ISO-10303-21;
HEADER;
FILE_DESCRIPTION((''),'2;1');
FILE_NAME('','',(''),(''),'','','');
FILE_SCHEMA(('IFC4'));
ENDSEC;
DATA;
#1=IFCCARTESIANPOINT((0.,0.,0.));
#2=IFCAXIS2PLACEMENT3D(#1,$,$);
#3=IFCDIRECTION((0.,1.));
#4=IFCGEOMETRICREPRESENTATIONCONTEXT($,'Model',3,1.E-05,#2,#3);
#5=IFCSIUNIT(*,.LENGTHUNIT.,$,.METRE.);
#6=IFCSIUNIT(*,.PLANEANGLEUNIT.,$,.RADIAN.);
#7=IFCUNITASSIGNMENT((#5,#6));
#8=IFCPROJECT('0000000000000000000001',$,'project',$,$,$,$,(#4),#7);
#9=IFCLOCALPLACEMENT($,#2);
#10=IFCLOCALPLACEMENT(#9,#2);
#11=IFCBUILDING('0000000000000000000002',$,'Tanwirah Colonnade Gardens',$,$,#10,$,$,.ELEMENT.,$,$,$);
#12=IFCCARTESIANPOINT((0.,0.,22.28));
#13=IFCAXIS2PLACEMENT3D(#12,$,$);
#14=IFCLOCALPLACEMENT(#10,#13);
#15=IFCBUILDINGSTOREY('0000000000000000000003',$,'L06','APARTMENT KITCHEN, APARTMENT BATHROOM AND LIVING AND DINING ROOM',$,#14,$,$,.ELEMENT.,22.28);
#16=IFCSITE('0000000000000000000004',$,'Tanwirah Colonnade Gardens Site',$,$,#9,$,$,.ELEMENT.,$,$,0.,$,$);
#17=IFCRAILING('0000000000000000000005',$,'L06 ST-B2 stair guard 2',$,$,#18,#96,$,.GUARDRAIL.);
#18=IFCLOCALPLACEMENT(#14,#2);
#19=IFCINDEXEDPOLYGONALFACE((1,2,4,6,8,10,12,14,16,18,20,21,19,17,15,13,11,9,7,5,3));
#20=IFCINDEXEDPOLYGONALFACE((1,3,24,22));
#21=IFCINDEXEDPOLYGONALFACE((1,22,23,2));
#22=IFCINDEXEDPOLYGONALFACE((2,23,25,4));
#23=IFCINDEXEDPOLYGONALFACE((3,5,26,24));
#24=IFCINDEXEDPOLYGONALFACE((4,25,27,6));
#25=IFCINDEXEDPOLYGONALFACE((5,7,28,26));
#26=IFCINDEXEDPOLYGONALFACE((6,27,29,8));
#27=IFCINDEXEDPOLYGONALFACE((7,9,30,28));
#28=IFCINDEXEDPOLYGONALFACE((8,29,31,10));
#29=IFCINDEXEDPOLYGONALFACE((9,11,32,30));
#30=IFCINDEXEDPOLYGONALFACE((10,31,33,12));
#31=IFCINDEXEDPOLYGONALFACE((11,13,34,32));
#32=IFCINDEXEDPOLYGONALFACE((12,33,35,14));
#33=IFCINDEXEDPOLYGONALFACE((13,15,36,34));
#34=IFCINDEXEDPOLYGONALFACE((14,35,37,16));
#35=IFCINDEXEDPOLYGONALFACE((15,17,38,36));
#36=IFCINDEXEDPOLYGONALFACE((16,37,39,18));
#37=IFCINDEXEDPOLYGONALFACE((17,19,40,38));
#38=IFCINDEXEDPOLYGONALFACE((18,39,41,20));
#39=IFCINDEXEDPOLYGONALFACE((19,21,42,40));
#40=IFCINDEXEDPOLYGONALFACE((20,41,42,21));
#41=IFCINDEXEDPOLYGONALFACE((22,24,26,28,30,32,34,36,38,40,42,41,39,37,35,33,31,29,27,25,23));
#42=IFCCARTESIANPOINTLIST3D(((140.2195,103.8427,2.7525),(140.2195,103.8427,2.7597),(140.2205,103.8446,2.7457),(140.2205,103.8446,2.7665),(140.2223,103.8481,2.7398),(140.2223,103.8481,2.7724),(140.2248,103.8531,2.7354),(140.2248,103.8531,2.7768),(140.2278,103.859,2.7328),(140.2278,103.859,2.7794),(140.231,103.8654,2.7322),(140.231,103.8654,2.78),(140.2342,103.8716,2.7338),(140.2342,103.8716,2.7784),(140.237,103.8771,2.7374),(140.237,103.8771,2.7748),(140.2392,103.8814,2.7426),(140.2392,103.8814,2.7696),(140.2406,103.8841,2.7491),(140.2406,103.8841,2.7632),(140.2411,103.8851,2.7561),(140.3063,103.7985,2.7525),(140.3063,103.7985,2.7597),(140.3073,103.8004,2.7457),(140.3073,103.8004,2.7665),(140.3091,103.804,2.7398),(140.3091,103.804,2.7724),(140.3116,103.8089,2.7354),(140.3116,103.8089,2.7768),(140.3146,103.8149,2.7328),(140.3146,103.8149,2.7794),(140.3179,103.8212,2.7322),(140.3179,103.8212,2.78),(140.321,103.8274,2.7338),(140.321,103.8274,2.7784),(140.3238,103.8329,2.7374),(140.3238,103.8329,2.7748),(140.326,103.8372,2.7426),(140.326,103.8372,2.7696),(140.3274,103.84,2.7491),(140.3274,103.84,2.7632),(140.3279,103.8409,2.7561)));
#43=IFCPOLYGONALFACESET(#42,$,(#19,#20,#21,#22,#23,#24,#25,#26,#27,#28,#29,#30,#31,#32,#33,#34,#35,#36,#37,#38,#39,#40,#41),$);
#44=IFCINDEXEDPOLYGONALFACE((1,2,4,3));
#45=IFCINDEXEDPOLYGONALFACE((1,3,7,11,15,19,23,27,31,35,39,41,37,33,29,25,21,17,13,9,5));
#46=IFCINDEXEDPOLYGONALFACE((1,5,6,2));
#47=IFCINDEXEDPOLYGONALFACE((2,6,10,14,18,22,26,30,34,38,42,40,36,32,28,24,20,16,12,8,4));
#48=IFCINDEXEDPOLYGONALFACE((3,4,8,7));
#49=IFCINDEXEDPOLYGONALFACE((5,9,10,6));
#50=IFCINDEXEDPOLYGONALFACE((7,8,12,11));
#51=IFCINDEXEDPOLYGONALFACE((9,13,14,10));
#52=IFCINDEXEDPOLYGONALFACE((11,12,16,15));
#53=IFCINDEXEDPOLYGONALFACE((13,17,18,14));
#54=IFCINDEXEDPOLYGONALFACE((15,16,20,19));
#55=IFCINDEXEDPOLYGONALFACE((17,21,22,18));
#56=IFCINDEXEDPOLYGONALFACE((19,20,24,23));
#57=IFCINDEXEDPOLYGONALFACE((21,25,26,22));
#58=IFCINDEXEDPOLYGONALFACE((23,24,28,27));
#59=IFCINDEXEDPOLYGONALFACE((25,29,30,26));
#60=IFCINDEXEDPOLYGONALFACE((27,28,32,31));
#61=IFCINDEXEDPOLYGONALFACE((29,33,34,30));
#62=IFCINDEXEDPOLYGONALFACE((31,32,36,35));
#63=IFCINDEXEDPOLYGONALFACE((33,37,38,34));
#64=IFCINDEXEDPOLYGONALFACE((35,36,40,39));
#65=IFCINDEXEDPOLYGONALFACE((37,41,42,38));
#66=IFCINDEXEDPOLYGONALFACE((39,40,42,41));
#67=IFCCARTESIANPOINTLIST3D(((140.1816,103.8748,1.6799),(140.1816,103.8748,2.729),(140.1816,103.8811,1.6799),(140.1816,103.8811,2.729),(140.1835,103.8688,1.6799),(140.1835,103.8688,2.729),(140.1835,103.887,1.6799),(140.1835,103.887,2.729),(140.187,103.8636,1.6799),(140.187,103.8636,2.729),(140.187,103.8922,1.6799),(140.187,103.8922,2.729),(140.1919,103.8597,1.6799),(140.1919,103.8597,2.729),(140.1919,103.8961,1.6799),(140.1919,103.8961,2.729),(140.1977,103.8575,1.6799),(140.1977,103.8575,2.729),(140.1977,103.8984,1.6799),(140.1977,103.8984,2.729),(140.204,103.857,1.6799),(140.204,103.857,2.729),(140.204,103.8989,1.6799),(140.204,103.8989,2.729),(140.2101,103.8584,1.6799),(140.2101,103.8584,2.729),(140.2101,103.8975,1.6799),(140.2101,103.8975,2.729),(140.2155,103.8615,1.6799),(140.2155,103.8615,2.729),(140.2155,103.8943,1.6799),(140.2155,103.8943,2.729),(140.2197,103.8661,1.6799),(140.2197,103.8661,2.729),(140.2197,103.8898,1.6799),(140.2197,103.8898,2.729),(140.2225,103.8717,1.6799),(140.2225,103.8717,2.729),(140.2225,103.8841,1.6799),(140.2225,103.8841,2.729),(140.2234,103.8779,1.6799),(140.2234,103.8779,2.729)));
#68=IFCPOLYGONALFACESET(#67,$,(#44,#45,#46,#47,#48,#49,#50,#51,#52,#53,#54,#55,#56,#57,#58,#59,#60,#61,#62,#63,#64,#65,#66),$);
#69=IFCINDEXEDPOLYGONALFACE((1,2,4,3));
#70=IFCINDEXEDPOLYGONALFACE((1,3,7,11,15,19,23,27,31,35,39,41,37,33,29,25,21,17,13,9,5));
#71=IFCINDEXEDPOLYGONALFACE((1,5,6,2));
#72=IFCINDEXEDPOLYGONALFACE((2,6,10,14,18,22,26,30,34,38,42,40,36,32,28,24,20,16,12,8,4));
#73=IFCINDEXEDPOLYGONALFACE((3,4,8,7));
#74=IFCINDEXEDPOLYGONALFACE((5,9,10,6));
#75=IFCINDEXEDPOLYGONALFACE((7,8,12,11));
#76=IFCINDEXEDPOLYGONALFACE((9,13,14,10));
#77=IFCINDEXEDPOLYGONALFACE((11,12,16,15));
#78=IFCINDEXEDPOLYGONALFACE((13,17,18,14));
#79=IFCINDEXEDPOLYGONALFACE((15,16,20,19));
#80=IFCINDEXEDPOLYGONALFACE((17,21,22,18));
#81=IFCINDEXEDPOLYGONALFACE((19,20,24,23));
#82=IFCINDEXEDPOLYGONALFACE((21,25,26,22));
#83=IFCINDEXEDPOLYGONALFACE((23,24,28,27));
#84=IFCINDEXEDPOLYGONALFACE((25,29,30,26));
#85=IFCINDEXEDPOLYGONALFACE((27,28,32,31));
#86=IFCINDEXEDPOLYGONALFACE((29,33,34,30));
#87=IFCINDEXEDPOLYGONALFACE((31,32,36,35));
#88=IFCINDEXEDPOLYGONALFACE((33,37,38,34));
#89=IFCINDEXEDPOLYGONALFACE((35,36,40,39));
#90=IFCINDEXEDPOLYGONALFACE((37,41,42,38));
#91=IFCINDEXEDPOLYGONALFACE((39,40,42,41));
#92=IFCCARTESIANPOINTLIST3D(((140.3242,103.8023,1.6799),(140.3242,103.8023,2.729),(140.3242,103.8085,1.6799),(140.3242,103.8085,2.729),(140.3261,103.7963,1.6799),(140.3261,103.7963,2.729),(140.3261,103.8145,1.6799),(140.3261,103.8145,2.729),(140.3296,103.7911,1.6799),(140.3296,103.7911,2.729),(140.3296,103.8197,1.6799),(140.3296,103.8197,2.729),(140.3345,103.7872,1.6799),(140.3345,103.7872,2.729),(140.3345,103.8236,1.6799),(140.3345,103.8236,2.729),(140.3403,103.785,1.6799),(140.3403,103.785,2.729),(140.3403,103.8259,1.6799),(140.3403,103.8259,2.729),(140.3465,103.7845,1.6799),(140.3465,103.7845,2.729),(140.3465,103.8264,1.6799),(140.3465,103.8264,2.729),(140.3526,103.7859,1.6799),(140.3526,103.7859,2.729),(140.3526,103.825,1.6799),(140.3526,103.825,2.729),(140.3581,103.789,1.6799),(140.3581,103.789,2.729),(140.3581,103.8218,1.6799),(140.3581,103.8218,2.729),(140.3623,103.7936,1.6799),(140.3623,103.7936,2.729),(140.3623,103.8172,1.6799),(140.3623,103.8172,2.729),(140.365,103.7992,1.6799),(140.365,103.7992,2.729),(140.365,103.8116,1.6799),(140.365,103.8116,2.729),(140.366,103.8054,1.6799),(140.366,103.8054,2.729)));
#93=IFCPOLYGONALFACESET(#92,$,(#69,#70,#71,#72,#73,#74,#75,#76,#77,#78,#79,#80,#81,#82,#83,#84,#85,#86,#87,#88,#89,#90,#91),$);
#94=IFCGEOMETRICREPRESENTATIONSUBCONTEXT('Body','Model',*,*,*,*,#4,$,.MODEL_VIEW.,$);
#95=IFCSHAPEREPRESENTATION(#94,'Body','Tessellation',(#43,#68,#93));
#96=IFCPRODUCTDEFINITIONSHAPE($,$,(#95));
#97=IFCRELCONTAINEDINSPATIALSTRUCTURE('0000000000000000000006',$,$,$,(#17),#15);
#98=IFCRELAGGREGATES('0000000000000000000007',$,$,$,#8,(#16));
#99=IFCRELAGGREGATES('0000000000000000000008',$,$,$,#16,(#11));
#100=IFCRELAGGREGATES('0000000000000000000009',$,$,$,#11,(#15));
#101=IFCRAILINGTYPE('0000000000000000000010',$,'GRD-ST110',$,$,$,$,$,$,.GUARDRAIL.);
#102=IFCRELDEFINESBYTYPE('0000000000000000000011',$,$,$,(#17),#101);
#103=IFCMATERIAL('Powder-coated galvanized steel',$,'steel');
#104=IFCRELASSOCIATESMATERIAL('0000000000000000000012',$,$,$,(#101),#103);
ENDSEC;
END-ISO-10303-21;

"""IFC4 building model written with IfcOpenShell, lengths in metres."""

from ifc_helpers import new_model, si_unit, direction, frame, origin, origin_2d, place, context, subcontext, project, spatial, circle, extrude, material, type_object, element, save


model = new_model("IFC4")

# Units and contexts
model_context = context("Model", 3, precision=1e-05, world=origin(), true_north=direction((0.0, 1.0)))
body_context = subcontext(model_context, "Body", "Model", "MODEL_VIEW")
ifc_project = project(units=[si_unit("LENGTHUNIT", "METRE"), si_unit("PLANEANGLEUNIT", "RADIAN")], contexts=[model_context])

# Site, building, storey
site_placement = place(None, origin())
site = spatial("IfcSite", under=ifc_project, at=site_placement, Name="Tanwirah Colonnade Gardens Site", CompositionType="ELEMENT", RefElevation=0.0)
building_placement = place(site_placement, origin())
building = spatial("IfcBuilding", under=site, at=building_placement, Name="Tanwirah Colonnade Gardens", CompositionType="ELEMENT")
storey_placement = place(building_placement, frame((0.0, 0.0, 22.28)))
storey = spatial("IfcBuildingStorey", under=building, at=storey_placement, Name="L06", Description="APARTMENT KITCHEN, APARTMENT BATHROOM AND LIVING AND DINING ROOM", CompositionType="ELEMENT", Elevation=22.28)

# Railing
ifc_material_1 = material(Name="Powder-coated galvanized steel", Category="steel")
railing_type_1 = type_object("IfcRailingType", Name="GRD-ST110", PredefinedType="GUARDRAIL", material=ifc_material_1)
railing_1_placement = place(storey_placement, frame((140.2024, 103.8779, 1.6799)))
element("IfcRailing", 1, at=railing_1_placement, inside=storey, type_object=railing_type_1, Name="L06 ST-B2 stair guard 2", PredefinedType="GUARDRAIL", context=body_context, shape_type="SweptSolid", body=[
    extrude(circle(Radius=0.0239, at=origin_2d()), frame((0.0278, -0.0142, 1.0762), z_axis=(0.891354, -0.453308, 0.0), x_axis=(0.453308, 0.891354, 0.0)), (0.0, 0.0, 1.0), 0.0974),
    extrude(circle(Radius=0.021, at=origin_2d()), origin(), (0.0, 0.0, 1.0), 1.0491),
    extrude(circle(Radius=0.021, at=origin_2d()), frame((0.1426, -0.0725, 0.0)), (0.0, 0.0, 1.0), 1.0491),
])

save(model, "model.ifc")
